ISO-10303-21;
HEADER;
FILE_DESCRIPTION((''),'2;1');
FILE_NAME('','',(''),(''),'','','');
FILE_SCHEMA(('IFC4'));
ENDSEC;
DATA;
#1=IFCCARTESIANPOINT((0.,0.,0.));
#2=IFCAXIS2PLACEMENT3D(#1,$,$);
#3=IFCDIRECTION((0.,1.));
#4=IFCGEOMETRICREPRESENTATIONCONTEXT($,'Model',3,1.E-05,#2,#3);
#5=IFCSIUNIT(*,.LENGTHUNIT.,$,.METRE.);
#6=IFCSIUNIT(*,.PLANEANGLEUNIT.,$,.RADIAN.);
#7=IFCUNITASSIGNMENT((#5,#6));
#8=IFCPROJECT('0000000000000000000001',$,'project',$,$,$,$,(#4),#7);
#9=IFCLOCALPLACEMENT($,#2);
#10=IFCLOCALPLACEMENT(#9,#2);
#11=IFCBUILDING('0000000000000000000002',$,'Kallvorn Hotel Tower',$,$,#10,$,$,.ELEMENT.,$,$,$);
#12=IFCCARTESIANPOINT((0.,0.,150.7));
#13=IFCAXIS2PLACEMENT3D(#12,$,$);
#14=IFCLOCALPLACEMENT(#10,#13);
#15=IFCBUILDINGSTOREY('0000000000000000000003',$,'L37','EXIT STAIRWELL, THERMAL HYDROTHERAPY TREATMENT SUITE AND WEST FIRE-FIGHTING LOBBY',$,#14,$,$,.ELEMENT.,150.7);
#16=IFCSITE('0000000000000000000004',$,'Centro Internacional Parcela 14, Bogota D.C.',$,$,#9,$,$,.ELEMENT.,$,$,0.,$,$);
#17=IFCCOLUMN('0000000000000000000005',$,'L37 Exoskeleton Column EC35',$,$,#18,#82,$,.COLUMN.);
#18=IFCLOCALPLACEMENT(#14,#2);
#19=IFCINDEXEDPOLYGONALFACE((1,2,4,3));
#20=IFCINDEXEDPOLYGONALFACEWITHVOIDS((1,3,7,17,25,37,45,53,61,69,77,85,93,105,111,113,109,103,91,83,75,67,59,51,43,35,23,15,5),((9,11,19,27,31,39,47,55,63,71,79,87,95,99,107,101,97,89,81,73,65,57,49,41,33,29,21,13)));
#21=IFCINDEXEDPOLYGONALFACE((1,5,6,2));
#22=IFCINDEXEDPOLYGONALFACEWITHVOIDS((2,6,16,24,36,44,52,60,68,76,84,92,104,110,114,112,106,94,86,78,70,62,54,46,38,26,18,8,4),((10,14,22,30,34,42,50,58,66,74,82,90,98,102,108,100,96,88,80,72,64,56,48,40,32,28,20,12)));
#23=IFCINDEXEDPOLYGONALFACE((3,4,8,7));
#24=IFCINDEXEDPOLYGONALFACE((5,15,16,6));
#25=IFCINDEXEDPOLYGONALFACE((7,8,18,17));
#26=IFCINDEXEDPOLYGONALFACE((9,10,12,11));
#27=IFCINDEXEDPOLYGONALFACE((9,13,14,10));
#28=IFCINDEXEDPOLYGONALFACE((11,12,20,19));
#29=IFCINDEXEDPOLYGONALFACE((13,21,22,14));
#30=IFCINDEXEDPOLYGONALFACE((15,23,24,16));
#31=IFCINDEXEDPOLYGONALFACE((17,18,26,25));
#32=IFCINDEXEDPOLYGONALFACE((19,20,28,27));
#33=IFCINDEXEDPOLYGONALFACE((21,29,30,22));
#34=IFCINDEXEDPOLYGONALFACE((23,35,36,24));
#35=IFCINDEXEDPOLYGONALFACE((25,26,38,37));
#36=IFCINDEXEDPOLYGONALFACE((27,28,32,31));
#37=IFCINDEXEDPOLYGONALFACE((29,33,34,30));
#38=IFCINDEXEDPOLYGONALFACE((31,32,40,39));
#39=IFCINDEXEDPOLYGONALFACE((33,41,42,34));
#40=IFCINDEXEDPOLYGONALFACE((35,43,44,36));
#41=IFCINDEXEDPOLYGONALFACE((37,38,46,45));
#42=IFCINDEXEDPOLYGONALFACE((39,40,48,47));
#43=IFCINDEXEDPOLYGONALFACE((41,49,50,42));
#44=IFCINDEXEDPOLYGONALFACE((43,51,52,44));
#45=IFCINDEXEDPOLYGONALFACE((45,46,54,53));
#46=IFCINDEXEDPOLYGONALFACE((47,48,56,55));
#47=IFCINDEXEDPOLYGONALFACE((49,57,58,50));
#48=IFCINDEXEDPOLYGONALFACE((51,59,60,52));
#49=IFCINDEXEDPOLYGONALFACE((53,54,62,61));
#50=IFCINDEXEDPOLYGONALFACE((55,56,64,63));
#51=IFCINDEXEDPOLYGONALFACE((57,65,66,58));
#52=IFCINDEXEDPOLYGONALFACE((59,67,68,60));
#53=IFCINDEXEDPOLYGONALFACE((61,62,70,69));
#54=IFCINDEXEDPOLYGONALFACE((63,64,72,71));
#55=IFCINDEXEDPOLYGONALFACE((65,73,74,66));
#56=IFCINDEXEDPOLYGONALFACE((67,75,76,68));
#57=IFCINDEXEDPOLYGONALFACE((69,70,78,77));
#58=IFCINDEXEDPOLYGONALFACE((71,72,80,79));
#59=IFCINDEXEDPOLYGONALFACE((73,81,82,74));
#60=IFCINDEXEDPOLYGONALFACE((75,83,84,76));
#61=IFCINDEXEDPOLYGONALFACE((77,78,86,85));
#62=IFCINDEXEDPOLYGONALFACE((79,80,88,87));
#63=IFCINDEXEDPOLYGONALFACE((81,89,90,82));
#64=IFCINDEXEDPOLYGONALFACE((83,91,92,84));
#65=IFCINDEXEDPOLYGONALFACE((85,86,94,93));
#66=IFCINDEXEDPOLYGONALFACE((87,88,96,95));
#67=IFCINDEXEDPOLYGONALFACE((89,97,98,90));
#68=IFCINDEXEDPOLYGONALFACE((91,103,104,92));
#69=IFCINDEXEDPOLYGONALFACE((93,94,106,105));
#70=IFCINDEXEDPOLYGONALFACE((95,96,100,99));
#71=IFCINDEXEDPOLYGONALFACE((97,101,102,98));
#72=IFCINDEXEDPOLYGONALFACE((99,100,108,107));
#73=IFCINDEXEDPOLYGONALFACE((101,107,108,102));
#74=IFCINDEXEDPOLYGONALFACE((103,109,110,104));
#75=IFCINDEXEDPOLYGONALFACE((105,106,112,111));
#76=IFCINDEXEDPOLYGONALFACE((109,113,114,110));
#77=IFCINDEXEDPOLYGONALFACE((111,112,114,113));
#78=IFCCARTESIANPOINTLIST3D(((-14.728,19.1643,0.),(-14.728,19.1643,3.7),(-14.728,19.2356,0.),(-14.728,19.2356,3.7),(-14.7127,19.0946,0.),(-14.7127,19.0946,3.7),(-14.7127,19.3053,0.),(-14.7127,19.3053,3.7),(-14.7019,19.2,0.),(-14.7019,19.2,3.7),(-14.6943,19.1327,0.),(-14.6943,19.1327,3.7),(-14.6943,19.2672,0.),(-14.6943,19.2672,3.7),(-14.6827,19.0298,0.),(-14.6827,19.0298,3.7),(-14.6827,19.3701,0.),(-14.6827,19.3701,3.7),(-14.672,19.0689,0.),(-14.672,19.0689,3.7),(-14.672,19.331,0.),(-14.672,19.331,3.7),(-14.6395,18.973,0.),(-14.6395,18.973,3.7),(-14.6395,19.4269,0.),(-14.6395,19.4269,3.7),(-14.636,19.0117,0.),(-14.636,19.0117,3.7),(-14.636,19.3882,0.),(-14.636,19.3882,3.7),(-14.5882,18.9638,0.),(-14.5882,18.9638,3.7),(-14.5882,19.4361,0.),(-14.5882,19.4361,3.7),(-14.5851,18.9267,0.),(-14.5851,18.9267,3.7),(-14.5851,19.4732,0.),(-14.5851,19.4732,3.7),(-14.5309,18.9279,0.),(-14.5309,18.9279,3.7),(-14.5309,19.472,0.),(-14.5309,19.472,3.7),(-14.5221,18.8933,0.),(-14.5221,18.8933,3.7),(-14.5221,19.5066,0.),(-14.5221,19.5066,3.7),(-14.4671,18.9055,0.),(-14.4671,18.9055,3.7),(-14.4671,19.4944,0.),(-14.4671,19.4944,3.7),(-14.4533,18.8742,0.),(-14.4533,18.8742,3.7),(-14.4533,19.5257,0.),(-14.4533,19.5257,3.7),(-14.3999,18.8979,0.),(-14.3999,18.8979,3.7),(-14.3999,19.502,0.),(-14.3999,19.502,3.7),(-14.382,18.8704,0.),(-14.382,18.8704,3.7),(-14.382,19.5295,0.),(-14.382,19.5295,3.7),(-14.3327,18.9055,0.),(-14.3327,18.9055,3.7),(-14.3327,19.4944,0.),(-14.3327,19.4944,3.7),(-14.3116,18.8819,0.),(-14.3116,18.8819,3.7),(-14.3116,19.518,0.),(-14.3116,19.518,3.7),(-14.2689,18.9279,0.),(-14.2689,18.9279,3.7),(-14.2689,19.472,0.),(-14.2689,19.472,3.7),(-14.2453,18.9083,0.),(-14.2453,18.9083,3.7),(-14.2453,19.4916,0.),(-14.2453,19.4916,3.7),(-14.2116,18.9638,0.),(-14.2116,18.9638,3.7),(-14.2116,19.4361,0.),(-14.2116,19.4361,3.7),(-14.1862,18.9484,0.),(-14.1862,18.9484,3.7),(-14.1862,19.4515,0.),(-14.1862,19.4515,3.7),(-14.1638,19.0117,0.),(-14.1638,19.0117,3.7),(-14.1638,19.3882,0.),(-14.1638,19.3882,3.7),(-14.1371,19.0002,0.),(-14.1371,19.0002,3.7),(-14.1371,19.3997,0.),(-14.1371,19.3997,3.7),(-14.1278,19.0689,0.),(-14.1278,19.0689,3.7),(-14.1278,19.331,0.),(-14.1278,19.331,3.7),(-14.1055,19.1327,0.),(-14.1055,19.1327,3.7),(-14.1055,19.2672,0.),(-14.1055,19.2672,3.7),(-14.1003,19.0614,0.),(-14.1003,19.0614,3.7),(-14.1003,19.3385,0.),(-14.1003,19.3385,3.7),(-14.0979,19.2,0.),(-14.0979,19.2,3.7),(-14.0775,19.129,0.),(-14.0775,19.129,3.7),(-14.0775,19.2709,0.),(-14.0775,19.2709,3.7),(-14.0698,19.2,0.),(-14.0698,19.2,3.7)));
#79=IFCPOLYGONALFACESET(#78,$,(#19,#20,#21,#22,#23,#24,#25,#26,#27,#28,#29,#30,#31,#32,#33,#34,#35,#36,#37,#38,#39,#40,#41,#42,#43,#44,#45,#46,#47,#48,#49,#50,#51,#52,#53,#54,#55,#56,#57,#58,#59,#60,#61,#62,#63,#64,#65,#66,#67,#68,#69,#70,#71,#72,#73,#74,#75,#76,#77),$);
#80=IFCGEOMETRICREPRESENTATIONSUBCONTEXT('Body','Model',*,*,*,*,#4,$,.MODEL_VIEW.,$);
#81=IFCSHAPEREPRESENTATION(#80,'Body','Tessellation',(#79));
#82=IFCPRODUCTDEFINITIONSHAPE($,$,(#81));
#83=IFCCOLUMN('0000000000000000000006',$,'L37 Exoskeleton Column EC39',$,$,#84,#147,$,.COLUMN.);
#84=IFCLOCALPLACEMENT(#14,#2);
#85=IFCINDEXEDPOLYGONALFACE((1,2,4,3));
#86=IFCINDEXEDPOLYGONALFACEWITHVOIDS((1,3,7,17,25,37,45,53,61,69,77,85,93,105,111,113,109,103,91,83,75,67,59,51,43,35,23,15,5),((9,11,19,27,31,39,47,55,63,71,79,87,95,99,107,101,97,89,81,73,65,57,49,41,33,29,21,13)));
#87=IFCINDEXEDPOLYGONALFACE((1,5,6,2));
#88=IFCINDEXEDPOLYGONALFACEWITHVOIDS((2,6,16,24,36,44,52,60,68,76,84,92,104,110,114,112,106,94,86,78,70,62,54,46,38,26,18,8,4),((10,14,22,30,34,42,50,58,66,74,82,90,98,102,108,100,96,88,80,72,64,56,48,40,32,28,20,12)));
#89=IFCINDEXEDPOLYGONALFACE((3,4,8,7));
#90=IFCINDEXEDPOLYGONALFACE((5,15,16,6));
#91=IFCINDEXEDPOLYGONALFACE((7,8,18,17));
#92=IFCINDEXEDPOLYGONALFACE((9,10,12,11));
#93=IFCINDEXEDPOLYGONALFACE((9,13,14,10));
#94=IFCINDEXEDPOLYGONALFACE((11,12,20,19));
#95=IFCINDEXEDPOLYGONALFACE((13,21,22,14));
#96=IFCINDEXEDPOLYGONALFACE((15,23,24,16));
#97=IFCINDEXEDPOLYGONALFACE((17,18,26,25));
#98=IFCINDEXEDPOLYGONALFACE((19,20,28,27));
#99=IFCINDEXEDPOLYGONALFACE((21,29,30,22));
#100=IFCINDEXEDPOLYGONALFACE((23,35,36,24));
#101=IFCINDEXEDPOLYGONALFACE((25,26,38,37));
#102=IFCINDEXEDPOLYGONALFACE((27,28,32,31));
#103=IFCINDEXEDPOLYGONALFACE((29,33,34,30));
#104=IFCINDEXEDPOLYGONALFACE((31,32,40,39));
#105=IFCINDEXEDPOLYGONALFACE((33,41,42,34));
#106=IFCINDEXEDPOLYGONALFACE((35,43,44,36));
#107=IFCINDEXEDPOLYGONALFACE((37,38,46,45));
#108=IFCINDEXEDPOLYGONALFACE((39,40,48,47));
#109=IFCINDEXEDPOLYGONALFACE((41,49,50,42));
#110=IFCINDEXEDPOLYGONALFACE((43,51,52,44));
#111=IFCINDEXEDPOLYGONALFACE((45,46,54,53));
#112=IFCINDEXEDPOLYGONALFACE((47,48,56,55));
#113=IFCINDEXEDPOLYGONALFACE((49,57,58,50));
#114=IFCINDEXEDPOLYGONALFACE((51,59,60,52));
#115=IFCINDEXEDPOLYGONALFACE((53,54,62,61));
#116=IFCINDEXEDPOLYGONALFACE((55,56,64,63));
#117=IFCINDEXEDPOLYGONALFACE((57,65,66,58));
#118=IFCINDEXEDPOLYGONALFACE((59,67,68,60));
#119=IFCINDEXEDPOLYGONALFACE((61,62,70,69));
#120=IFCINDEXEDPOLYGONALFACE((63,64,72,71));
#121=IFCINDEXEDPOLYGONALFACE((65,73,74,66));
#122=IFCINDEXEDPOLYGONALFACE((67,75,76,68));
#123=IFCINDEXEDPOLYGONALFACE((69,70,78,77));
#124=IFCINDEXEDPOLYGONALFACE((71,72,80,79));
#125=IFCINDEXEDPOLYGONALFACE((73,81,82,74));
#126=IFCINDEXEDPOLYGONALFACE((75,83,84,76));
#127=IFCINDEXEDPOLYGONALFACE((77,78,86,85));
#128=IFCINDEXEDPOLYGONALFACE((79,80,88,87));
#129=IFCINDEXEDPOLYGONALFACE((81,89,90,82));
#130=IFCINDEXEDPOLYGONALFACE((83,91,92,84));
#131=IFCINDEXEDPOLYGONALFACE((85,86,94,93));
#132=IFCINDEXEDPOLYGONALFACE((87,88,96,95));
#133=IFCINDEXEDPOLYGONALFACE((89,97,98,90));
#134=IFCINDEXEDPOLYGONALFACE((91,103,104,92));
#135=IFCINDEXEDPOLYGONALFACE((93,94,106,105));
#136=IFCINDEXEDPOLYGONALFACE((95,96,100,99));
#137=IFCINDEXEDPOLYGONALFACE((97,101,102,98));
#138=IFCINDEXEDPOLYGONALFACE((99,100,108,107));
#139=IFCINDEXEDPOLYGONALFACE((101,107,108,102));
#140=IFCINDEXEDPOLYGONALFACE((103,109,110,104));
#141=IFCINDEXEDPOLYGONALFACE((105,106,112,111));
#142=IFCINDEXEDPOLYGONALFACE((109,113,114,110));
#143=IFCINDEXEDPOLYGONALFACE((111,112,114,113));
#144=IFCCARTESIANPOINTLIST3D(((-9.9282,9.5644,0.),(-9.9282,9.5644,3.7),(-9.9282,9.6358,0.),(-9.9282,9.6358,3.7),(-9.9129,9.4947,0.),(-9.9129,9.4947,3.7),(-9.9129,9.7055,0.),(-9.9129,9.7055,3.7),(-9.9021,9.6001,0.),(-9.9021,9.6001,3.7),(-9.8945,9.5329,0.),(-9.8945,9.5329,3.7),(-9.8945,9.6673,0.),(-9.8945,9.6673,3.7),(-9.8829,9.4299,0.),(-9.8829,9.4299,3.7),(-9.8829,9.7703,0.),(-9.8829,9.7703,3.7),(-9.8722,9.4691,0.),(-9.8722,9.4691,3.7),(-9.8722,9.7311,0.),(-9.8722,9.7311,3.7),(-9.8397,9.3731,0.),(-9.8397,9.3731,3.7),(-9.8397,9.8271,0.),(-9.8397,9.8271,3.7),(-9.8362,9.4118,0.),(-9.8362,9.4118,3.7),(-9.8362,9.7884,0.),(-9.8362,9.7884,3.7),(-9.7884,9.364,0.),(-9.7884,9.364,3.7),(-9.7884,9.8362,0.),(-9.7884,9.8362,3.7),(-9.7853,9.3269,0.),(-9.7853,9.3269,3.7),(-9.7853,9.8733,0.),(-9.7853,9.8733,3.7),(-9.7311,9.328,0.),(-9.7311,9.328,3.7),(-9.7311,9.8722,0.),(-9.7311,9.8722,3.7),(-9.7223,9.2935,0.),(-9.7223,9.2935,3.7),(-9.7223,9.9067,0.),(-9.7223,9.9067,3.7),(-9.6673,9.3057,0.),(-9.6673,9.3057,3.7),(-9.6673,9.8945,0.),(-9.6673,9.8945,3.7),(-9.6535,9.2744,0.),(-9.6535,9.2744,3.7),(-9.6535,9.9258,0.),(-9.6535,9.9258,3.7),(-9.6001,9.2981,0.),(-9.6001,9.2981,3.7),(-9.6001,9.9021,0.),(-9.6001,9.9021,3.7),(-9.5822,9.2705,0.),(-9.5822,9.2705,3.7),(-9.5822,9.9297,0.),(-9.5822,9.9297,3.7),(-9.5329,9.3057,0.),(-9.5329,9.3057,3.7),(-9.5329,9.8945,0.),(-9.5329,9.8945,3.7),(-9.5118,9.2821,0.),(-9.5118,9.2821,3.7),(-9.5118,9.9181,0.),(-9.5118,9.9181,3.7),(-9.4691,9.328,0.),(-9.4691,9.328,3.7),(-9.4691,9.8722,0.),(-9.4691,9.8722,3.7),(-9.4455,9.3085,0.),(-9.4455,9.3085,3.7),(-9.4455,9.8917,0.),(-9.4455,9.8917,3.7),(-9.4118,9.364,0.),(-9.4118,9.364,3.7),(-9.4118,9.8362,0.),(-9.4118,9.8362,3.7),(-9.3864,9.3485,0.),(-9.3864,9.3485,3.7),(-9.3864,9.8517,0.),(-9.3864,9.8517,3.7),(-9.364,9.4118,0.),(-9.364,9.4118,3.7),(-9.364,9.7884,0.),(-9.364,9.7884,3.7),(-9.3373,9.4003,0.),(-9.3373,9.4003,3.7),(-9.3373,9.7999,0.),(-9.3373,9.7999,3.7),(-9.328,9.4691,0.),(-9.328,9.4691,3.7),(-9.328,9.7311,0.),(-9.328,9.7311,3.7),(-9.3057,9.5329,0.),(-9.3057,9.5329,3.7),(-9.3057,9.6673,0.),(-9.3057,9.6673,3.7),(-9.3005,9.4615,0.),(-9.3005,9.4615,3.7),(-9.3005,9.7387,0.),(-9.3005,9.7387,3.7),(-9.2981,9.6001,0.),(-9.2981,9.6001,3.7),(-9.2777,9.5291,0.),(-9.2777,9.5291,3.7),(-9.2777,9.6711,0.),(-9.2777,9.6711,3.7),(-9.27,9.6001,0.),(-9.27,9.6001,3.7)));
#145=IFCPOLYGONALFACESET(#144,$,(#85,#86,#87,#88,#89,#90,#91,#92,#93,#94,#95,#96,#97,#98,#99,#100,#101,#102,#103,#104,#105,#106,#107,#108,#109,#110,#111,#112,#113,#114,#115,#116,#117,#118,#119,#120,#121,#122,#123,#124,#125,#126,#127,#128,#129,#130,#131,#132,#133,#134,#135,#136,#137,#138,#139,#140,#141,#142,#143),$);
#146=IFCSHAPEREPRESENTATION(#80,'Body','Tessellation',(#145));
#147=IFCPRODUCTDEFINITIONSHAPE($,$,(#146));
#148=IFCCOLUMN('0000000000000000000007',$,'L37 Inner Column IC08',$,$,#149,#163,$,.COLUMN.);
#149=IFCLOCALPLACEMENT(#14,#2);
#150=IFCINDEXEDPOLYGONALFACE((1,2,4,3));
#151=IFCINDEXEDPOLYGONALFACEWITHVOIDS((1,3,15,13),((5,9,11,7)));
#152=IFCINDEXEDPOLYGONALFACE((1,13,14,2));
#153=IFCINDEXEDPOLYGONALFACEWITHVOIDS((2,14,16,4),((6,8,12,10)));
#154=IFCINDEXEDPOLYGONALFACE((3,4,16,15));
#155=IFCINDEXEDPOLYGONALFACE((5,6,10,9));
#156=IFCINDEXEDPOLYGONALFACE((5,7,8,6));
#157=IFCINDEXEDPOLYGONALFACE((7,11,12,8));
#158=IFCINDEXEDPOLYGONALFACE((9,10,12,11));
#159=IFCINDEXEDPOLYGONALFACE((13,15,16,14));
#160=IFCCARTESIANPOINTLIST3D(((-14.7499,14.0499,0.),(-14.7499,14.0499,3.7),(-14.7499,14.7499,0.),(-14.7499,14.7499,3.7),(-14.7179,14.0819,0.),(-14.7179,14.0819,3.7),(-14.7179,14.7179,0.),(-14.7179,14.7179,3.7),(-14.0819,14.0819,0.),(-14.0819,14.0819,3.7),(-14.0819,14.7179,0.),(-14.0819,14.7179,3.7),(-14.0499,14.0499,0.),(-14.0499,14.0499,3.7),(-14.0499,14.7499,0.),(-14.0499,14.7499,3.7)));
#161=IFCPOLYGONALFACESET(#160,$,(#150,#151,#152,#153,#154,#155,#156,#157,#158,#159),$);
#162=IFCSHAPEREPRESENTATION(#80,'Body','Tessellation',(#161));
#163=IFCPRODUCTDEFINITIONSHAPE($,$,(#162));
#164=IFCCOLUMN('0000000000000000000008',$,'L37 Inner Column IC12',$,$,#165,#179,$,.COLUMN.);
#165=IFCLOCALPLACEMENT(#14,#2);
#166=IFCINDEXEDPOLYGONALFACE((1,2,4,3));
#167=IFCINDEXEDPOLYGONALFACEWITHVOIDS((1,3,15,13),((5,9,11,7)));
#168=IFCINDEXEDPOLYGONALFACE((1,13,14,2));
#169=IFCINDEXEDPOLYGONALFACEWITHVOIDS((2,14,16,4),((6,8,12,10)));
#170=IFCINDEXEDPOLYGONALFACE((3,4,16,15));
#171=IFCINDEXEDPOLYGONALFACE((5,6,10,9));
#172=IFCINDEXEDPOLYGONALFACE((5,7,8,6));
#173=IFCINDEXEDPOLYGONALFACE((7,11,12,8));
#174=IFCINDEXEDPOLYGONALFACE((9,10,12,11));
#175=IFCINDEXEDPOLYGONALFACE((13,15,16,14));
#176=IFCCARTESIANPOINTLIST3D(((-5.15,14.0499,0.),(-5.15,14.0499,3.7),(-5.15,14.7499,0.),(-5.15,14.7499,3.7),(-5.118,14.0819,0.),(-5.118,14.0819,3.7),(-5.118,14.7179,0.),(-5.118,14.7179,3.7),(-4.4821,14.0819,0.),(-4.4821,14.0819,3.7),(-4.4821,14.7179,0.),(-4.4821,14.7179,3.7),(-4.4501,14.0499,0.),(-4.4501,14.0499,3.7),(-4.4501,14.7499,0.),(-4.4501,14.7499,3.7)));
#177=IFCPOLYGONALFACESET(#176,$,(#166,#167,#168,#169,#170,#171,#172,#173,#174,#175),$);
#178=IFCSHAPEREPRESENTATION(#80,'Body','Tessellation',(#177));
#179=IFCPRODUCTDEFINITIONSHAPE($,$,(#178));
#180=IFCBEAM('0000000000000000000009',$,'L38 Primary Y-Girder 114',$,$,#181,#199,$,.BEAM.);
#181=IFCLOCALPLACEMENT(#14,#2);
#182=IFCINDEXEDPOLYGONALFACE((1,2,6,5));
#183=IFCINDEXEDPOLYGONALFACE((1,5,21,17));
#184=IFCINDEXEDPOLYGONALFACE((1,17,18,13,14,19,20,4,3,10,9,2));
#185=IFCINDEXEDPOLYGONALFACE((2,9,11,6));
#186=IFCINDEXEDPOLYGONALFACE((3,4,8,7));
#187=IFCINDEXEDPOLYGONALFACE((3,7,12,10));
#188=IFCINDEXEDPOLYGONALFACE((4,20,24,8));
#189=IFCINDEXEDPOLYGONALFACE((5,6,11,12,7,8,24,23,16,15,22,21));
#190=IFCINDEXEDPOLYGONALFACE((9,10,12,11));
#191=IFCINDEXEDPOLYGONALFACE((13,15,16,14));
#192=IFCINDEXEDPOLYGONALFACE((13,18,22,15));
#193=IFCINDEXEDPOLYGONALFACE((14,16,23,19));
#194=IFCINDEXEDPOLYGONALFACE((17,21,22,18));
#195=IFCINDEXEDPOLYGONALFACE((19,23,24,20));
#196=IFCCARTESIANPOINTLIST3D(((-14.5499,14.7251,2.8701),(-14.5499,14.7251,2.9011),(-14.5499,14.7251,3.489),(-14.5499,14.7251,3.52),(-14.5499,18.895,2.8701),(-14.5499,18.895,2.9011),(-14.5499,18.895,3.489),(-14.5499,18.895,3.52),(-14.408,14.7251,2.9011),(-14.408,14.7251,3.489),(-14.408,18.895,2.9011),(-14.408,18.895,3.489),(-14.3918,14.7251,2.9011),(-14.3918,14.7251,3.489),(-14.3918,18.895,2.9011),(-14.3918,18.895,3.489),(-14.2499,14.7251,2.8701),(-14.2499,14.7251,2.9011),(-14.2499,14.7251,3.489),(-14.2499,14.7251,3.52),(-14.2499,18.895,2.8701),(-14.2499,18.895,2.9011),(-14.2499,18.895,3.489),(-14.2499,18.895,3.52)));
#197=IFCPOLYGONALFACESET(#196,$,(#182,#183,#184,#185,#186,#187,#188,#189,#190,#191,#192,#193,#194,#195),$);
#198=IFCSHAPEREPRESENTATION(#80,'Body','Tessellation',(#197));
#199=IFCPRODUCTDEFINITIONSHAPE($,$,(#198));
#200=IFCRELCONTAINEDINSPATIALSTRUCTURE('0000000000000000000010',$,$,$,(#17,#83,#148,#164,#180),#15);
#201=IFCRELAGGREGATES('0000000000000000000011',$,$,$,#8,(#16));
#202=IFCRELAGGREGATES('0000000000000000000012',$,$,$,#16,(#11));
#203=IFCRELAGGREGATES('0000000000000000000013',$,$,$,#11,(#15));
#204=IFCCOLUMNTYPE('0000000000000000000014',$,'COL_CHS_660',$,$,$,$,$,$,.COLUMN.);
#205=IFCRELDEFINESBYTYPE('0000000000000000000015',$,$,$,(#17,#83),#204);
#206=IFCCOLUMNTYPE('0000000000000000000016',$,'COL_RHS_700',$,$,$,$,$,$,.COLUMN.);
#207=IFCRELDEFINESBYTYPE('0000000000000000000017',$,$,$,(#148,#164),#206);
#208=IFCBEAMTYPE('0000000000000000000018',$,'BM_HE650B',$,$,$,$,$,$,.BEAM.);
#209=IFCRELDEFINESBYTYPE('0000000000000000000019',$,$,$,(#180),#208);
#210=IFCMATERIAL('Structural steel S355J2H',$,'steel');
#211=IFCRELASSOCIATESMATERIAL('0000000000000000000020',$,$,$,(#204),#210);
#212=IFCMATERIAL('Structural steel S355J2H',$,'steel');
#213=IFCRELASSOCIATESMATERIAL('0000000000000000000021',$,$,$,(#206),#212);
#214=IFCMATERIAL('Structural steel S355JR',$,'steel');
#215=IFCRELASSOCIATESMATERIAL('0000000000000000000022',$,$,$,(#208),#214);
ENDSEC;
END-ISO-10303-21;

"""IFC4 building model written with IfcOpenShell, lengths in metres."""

from ifc_helpers import new_model, si_unit, direction, frame, origin, origin_2d, place, context, subcontext, project, spatial, hollow_rectangle, hollow_circle, i_section, extrude, material, material_profile, profile_set, type_object, element, save


model = new_model("IFC4")

# Units and contexts
model_context = context("Model", 3, precision=1e-05, world=origin(), true_north=direction((0.0, 1.0)))
body_context = subcontext(model_context, "Body", "Model", "MODEL_VIEW")
ifc_project = project(units=[si_unit("LENGTHUNIT", "METRE"), si_unit("PLANEANGLEUNIT", "RADIAN")], contexts=[model_context])

# Site, building, storey
site_placement = place(None, origin())
site = spatial("IfcSite", under=ifc_project, at=site_placement, Name="Centro Internacional Parcela 14, Bogota D.C.", CompositionType="ELEMENT", RefElevation=0.0)
building_placement = place(site_placement, origin())
building = spatial("IfcBuilding", under=site, at=building_placement, Name="Kallvorn Hotel Tower", CompositionType="ELEMENT")
storey_placement = place(building_placement, frame((0.0, 0.0, 150.7)))
storey = spatial("IfcBuildingStorey", under=building, at=storey_placement, Name="L37", Description="EXIT STAIRWELL, THERMAL HYDROTHERAPY TREATMENT SUITE AND WEST FIRE-FIGHTING LOBBY", CompositionType="ELEMENT", Elevation=150.7)

# Columns
ifc_material_1 = material(Name="Structural steel S355J2H", Category="steel")
ifc_material_profile_1 = material_profile(ifc_material_1, hollow_circle(Radius=0.3301, WallThickness=0.0281, at=origin_2d()), Name="CHS 660x28")
ifc_profile_set_1 = profile_set([ifc_material_profile_1], Name="Structural steel S355J2H")
column_type_1 = type_object("IfcColumnType", Name="COL_CHS_660", PredefinedType="COLUMN", material=ifc_profile_set_1)
for number, where, z_axis, x_axis, name in (
    (1, (-14.3999, 19.2, 0.0), (0.0, 0.0, 1.0), (1.0, 0.0, 0.0), "L37 Exoskeleton Column EC35"),
    (2, (-9.6001, 9.6001, 0.0), (0.0, 0.0, 1.0), (1.0, 0.0, 0.0), "L37 Exoskeleton Column EC39"),
):
    element("IfcColumn", number, at=place(storey_placement, frame(where, z_axis=z_axis, x_axis=x_axis)), inside=storey, type_object=column_type_1, Name=name, PredefinedType="COLUMN", context=body_context, shape_type="SweptSolid", body=[
        extrude(hollow_circle(Radius=0.3301, WallThickness=0.0281, at=origin_2d()), origin(), (0.0, 0.0, 1.0), 3.7),
    ])
ifc_material_2 = material(Name="Structural steel S355J2H", Category="steel")
ifc_material_profile_2 = material_profile(ifc_material_2, hollow_rectangle(XDim=0.7, YDim=0.7, WallThickness=0.032, at=origin_2d()), Name="RHS 700x700x32")
ifc_profile_set_2 = profile_set([ifc_material_profile_2], Name="Structural steel S355J2H")
column_type_2 = type_object("IfcColumnType", Name="COL_RHS_700", PredefinedType="COLUMN", material=ifc_profile_set_2)
for number, where, z_axis, x_axis, name in (
    (3, (-14.3999, 14.3999, 0.0), (0.0, 0.0, 1.0), (1.0, 0.0, 0.0), "L37 Inner Column IC08"),
    (4, (-4.8, 14.3999, 0.0), (0.0, 0.0, 1.0), (1.0, 0.0, 0.0), "L37 Inner Column IC12"),
):
    element("IfcColumn", number, at=place(storey_placement, frame(where, z_axis=z_axis, x_axis=x_axis)), inside=storey, type_object=column_type_2, Name=name, PredefinedType="COLUMN", context=body_context, shape_type="SweptSolid", body=[
        extrude(hollow_rectangle(XDim=0.7, YDim=0.7, WallThickness=0.032, at=origin_2d()), origin(), (0.0, 0.0, 1.0), 3.7),
    ])

# Beam
ifc_material_3 = material(Name="Structural steel S355JR", Category="steel")
ifc_material_profile_3 = material_profile(ifc_material_3, i_section(OverallWidth=0.3, OverallDepth=0.6499, WebThickness=0.0161, FlangeThickness=0.031, at=origin_2d()), Name="HE 650 B")
ifc_profile_set_3 = profile_set([ifc_material_profile_3], Name="Structural steel S355JR")
beam_type_1 = type_object("IfcBeamType", Name="BM_HE650B", PredefinedType="BEAM", material=ifc_profile_set_3)
beam_1_placement = place(storey_placement, frame((-14.3999, 14.7251, 3.1951), z_axis=(0.0, 1.0, 0.0), x_axis=(-1.0, 0.0, 0.0)))
element("IfcBeam", 5, at=beam_1_placement, inside=storey, type_object=beam_type_1, Name="L38 Primary Y-Girder 114", PredefinedType="BEAM", context=body_context, shape_type="SweptSolid", body=[
    extrude(i_section(OverallWidth=0.3, OverallDepth=0.6499, WebThickness=0.0161, FlangeThickness=0.031, at=origin_2d()), origin(), (0.0, 0.0, 1.0), 4.1699),
])

save(model, "model.ifc")
